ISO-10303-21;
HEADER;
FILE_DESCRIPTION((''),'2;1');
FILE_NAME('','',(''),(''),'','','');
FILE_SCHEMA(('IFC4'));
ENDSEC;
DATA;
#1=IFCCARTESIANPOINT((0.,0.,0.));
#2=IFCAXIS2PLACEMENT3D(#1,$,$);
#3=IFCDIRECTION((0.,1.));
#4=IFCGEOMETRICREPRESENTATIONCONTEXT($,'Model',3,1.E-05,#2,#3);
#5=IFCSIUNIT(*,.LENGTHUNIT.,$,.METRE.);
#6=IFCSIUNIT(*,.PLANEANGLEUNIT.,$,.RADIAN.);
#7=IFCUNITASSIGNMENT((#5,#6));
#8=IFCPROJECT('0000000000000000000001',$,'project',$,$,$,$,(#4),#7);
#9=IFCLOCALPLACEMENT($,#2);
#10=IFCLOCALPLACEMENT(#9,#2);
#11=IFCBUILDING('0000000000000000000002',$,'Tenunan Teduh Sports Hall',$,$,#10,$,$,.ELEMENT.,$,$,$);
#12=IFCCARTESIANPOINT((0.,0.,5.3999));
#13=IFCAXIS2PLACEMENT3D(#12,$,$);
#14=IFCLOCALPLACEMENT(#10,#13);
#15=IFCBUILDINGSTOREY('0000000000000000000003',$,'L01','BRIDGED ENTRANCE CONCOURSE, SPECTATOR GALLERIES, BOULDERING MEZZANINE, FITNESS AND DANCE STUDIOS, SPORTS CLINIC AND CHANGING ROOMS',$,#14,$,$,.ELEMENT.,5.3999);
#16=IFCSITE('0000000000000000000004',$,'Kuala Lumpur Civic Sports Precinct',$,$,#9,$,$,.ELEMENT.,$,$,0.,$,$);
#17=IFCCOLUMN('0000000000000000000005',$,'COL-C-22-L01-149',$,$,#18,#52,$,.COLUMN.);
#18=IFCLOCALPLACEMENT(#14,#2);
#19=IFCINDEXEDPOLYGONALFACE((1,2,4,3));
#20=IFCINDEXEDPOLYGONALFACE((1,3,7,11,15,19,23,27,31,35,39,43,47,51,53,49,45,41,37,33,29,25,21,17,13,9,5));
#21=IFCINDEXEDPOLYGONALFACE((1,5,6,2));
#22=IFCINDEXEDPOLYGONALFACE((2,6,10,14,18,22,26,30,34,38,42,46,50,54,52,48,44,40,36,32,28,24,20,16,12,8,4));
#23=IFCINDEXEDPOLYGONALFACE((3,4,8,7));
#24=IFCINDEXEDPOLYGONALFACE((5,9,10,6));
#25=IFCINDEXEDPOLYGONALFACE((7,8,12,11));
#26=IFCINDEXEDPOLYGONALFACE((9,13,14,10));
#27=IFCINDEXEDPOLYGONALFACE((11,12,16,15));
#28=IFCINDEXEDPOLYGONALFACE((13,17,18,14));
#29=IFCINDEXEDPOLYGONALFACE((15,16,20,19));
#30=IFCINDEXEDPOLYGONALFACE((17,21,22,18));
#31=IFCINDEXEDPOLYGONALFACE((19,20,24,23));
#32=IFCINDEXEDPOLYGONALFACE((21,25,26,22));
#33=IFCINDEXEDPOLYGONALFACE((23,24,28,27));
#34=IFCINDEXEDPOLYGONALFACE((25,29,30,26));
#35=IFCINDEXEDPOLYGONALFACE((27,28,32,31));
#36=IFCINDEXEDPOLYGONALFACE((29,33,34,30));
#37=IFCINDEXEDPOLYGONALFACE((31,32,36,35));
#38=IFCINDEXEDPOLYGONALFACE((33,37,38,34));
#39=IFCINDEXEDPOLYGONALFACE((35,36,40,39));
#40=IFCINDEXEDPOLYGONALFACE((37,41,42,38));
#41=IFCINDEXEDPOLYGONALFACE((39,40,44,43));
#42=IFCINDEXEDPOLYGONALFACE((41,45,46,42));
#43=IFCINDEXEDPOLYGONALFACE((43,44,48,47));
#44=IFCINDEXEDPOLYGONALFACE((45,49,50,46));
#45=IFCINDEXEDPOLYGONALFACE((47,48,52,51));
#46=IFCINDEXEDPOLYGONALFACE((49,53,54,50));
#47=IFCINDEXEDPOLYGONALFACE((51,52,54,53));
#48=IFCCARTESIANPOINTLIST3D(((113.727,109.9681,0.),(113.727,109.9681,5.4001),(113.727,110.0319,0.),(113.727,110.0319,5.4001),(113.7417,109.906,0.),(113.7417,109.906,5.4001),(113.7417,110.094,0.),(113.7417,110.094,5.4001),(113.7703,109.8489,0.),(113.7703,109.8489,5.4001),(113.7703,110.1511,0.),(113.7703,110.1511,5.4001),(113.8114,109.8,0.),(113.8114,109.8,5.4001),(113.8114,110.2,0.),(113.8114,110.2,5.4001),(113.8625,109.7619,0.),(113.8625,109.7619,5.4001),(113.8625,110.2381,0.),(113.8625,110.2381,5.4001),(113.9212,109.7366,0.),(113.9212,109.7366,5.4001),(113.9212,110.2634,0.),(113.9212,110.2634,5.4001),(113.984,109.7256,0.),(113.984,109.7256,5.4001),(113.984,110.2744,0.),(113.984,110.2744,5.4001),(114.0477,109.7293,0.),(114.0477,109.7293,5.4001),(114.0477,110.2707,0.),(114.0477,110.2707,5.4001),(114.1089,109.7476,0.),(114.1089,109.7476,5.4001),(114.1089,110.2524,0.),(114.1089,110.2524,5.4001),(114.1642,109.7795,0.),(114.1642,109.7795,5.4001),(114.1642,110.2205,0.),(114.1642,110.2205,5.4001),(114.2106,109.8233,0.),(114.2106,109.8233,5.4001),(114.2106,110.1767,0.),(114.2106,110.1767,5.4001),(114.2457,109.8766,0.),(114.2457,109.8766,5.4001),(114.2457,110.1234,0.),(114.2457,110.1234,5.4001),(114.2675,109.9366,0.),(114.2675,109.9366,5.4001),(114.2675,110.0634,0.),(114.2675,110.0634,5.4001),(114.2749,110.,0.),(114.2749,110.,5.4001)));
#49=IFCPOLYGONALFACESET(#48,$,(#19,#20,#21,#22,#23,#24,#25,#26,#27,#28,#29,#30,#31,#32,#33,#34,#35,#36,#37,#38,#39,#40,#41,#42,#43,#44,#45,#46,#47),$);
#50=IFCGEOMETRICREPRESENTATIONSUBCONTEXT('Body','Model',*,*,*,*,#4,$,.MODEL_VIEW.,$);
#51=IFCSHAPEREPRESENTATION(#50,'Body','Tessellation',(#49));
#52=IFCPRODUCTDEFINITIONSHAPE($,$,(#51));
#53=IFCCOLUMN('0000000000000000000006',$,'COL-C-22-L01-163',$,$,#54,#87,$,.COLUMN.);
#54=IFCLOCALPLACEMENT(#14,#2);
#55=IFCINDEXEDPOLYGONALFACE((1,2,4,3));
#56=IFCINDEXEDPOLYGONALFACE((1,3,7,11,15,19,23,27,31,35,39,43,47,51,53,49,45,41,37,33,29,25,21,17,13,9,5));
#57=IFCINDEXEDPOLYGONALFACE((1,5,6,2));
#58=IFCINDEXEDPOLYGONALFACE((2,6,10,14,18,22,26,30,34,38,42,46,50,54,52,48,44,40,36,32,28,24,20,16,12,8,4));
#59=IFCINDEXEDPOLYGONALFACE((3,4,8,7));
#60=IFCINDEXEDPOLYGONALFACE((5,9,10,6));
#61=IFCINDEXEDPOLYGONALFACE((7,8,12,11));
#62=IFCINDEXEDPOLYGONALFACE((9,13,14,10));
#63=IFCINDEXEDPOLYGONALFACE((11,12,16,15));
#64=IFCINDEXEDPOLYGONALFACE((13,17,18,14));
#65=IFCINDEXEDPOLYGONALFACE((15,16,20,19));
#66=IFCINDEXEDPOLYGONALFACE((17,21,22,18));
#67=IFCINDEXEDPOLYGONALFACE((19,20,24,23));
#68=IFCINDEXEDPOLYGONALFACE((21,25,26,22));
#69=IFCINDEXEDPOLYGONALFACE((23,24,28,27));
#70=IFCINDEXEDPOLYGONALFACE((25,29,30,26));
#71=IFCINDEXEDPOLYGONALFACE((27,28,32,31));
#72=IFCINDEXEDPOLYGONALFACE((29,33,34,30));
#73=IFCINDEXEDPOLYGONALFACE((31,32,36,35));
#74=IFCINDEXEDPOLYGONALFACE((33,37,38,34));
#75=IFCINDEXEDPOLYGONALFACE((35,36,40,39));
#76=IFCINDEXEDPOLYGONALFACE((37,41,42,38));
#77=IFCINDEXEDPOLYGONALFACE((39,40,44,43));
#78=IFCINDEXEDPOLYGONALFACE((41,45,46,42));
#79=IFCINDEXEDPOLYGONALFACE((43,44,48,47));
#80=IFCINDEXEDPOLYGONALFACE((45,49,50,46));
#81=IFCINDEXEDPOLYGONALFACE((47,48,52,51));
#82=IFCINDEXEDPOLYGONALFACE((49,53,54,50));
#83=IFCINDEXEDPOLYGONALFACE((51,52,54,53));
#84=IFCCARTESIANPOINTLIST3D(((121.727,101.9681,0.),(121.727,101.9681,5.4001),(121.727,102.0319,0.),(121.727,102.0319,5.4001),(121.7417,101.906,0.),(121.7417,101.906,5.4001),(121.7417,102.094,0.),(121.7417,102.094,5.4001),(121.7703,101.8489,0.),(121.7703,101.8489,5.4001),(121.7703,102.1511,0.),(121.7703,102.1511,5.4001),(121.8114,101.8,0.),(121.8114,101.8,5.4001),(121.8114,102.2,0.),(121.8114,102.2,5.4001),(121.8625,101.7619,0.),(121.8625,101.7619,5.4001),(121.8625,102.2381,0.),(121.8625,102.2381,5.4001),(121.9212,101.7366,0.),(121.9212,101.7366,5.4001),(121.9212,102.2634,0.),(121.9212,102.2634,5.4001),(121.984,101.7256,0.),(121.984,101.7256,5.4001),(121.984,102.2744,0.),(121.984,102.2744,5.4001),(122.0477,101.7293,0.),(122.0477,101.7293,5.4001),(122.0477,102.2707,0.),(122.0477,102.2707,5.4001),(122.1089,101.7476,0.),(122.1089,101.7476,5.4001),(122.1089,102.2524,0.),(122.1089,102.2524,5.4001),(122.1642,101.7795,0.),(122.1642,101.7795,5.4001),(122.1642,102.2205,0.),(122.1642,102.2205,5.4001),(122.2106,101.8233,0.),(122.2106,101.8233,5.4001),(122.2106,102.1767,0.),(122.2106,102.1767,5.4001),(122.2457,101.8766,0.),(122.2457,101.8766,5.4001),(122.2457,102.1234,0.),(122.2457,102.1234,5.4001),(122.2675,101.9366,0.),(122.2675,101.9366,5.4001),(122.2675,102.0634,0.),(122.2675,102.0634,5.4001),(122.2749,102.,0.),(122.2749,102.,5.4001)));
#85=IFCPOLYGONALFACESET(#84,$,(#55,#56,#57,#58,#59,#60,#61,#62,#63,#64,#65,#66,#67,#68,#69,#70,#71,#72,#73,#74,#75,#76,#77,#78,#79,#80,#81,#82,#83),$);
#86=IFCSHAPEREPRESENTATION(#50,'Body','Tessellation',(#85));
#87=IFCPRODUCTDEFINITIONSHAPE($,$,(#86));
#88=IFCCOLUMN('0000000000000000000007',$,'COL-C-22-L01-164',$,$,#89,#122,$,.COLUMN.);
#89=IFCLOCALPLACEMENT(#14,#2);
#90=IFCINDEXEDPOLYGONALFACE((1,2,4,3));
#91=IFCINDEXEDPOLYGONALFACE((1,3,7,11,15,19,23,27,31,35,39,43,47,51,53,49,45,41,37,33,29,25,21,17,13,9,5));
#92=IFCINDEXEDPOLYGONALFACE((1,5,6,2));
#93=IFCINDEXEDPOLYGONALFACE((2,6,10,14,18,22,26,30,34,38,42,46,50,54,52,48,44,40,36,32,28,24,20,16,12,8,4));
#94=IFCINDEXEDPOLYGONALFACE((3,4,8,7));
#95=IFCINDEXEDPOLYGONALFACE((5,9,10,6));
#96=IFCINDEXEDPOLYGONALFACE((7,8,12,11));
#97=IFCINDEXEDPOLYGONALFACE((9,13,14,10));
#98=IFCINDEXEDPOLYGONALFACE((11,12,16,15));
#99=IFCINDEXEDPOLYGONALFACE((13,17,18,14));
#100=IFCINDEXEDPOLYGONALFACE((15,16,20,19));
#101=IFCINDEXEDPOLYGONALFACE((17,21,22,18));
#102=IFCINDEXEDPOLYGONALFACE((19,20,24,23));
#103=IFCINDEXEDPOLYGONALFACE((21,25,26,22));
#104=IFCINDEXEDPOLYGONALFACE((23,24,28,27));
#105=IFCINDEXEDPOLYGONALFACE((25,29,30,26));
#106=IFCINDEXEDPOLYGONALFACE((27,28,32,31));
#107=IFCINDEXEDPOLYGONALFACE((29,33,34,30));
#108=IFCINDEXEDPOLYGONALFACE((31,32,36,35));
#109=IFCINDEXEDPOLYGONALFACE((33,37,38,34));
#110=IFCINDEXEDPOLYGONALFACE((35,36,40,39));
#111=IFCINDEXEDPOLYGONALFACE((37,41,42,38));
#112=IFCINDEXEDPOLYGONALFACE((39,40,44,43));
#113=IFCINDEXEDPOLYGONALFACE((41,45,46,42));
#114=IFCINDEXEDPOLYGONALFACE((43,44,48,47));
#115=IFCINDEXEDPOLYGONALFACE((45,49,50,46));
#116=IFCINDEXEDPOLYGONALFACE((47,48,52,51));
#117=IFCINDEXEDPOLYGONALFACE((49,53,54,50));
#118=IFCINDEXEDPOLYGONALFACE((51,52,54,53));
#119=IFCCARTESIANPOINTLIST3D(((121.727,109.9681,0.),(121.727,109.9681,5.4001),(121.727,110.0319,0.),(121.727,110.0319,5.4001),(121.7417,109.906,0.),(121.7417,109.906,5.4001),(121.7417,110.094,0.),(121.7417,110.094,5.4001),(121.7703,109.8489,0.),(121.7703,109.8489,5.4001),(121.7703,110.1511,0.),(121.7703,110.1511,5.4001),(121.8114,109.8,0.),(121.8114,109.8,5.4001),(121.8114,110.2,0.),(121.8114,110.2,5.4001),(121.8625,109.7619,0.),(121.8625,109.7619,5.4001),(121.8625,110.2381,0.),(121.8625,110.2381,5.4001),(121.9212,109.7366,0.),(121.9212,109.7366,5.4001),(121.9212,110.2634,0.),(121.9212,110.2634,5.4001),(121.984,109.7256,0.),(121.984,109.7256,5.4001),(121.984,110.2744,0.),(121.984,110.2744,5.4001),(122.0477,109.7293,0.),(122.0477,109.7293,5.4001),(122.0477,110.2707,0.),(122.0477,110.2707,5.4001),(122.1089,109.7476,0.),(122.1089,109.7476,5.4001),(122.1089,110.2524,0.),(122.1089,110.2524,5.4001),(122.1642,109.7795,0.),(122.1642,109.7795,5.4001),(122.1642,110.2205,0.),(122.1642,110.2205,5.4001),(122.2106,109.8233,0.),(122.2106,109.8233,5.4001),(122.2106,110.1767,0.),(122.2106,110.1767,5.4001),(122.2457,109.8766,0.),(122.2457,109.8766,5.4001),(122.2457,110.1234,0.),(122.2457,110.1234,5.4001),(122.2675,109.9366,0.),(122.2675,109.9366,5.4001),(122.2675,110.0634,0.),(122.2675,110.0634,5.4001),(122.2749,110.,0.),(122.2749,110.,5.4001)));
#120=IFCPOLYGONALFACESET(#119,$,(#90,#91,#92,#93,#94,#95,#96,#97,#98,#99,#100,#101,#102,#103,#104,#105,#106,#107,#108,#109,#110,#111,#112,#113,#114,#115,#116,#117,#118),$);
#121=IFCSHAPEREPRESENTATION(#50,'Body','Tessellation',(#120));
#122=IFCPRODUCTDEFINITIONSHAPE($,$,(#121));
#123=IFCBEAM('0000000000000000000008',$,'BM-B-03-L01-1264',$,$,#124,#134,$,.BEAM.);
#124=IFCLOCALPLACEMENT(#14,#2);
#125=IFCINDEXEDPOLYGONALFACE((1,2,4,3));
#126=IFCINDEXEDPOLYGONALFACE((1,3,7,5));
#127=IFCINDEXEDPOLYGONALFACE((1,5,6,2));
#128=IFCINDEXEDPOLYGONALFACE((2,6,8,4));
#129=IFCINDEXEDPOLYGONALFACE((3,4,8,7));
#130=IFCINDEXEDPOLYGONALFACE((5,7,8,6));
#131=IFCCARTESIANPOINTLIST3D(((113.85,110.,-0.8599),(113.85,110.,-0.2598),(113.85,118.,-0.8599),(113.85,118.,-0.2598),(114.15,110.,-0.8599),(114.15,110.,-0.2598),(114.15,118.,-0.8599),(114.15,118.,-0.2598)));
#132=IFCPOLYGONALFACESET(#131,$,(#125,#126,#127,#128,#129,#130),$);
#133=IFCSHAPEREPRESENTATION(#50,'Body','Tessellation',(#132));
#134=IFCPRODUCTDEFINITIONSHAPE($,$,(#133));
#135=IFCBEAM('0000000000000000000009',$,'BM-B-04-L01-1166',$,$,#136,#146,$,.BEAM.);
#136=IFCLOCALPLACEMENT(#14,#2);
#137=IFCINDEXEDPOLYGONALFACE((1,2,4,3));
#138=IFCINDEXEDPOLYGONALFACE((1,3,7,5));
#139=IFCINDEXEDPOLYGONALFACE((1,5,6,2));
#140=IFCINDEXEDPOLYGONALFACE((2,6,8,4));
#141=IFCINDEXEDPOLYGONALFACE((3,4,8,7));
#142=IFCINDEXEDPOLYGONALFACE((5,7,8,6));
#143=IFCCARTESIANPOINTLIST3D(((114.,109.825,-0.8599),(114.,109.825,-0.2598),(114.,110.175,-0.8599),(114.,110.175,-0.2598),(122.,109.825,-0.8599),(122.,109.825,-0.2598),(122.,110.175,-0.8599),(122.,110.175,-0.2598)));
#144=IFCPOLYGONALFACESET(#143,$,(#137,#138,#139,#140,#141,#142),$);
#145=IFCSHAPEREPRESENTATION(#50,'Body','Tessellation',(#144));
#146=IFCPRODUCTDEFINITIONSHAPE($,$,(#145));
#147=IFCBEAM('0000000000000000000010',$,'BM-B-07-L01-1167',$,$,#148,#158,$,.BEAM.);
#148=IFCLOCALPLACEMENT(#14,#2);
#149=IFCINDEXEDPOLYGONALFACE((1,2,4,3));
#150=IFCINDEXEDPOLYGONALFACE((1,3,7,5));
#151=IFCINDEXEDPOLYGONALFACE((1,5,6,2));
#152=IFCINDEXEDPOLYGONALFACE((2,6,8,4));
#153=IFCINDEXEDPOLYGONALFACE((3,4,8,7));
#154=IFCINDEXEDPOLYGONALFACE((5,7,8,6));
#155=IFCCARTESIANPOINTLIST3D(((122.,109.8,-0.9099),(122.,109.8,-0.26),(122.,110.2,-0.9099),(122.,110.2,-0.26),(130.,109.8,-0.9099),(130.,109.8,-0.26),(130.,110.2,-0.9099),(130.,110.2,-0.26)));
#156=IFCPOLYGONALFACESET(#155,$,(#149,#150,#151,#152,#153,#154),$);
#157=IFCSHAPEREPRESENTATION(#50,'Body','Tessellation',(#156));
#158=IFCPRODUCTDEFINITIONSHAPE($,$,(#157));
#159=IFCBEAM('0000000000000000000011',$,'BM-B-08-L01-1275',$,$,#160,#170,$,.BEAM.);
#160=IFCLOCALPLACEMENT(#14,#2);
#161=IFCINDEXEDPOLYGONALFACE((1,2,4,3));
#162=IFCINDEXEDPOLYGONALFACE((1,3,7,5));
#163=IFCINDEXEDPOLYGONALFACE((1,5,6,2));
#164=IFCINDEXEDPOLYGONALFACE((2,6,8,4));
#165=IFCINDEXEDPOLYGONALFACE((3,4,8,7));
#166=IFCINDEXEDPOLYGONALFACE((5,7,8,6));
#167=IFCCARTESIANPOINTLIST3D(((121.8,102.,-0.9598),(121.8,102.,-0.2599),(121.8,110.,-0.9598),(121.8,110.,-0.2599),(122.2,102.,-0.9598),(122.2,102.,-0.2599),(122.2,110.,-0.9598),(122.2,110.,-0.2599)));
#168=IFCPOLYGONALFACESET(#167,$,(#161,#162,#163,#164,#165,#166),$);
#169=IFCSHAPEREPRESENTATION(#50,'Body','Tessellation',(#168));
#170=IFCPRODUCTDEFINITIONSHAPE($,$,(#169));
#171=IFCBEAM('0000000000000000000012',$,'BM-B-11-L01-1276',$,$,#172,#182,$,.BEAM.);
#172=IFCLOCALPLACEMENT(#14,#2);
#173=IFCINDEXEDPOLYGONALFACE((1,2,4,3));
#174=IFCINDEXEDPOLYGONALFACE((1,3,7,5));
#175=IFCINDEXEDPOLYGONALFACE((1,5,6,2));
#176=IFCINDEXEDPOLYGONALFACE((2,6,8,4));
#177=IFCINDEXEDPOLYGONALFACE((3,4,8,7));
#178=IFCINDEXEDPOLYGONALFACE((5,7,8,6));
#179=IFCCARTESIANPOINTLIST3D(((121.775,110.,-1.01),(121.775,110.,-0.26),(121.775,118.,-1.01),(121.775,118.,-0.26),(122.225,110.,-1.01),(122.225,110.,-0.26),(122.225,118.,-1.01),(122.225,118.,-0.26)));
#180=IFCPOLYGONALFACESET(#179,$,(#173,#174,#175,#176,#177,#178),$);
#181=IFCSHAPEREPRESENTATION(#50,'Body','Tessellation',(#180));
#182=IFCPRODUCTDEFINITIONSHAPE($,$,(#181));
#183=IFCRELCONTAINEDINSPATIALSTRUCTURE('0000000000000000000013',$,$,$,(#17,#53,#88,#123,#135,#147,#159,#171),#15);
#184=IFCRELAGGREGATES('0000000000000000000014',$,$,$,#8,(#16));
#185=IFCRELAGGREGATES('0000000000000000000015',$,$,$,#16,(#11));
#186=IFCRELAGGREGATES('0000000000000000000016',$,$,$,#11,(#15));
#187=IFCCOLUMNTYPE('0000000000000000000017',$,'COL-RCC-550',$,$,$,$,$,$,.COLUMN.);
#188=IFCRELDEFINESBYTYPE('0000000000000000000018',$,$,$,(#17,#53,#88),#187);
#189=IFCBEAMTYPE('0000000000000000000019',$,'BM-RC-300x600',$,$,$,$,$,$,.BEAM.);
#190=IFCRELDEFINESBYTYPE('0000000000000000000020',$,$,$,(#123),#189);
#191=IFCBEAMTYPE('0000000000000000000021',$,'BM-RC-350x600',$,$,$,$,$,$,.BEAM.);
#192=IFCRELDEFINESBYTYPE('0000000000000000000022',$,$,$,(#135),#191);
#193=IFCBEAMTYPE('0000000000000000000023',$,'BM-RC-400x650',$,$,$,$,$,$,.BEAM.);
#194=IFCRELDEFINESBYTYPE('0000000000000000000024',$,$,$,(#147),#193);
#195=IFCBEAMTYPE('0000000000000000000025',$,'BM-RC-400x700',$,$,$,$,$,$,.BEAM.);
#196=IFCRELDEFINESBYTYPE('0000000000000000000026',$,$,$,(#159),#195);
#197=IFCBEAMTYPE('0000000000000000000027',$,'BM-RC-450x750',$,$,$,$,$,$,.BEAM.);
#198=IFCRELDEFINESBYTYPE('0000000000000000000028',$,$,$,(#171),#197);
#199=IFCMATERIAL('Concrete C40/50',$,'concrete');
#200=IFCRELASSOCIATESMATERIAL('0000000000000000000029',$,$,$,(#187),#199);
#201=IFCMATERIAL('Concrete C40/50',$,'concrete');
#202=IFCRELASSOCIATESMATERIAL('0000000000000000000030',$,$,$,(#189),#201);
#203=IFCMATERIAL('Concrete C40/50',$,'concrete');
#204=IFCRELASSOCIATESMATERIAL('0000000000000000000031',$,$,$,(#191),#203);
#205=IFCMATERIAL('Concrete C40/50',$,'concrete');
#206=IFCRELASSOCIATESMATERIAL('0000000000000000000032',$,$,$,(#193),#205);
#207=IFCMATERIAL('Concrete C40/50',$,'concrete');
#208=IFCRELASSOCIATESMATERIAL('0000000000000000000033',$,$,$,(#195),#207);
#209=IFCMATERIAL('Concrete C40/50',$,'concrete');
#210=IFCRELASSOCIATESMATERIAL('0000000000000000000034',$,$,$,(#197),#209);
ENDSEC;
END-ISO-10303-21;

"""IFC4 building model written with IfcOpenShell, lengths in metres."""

from ifc_helpers import new_model, si_unit, direction, frame, origin, origin_2d, place, context, subcontext, project, spatial, rectangle, circle, extrude, material, material_profile, profile_set, type_object, element, save


model = new_model("IFC4")

# Units and contexts
model_context = context("Model", 3, precision=1e-05, world=origin(), true_north=direction((0.0, 1.0)))
body_context = subcontext(model_context, "Body", "Model", "MODEL_VIEW")
ifc_project = project(units=[si_unit("LENGTHUNIT", "METRE"), si_unit("PLANEANGLEUNIT", "RADIAN")], contexts=[model_context])

# Site, building, storey
site_placement = place(None, origin())
site = spatial("IfcSite", under=ifc_project, at=site_placement, Name="Kuala Lumpur Civic Sports Precinct", CompositionType="ELEMENT", RefElevation=0.0)
building_placement = place(site_placement, origin())
building = spatial("IfcBuilding", under=site, at=building_placement, Name="Tenunan Teduh Sports Hall", CompositionType="ELEMENT")
storey_placement = place(building_placement, frame((0.0, 0.0, 5.3999)))
storey = spatial("IfcBuildingStorey", under=building, at=storey_placement, Name="L01", Description="BRIDGED ENTRANCE CONCOURSE, SPECTATOR GALLERIES, BOULDERING MEZZANINE, FITNESS AND DANCE STUDIOS, SPORTS CLINIC AND CHANGING ROOMS", CompositionType="ELEMENT", Elevation=5.3999)

# Columns
ifc_material_1 = material(Name="Concrete C40/50", Category="concrete")
ifc_material_profile_1 = material_profile(ifc_material_1, circle(Radius=0.2749, at=origin_2d()), Name="RCC D550")
ifc_profile_set_1 = profile_set([ifc_material_profile_1], Name="Concrete C40/50")
column_type = type_object("IfcColumnType", Name="COL-RCC-550", PredefinedType="COLUMN", material=ifc_profile_set_1)
for number, where, z_axis, x_axis, name in (
    (1, (114.0, 110.0, 0.0), (0.0, 0.0, 1.0), (1.0, 0.0, 0.0), "COL-C-22-L01-149"),
    (2, (122.0, 102.0, 0.0), (0.0, 0.0, 1.0), (1.0, 0.0, 0.0), "COL-C-22-L01-163"),
    (3, (122.0, 110.0, 0.0), (0.0, 0.0, 1.0), (1.0, 0.0, 0.0), "COL-C-22-L01-164"),
):
    element("IfcColumn", number, at=place(storey_placement, frame(where, z_axis=z_axis, x_axis=x_axis)), inside=storey, type_object=column_type, Name=name, PredefinedType="COLUMN", context=body_context, shape_type="SweptSolid", body=[
        extrude(circle(Radius=0.2749, at=origin_2d()), origin(), (0.0, 0.0, 1.0), 5.4001),
    ])

# Beams
ifc_material_2 = material(Name="Concrete C40/50", Category="concrete")
ifc_material_profile_2 = material_profile(ifc_material_2, rectangle(XDim=0.3, YDim=0.6001, at=origin_2d()), Name="RCB 300x600")
ifc_profile_set_2 = profile_set([ifc_material_profile_2], Name="Concrete C40/50")
beam_type_1 = type_object("IfcBeamType", Name="BM-RC-300x600", PredefinedType="BEAM", material=ifc_profile_set_2)
beam_1_placement = place(storey_placement, frame((114.0, 110.0, -0.5598), z_axis=(0.0, 1.0, 0.0), x_axis=(-1.0, 0.0, 0.0)))
element("IfcBeam", 4, at=beam_1_placement, inside=storey, type_object=beam_type_1, Name="BM-B-03-L01-1264", PredefinedType="BEAM", context=body_context, shape_type="SweptSolid", body=[
    extrude(rectangle(XDim=0.3, YDim=0.6001, at=origin_2d()), origin(), (0.0, 0.0, 1.0), 8.0),
])
ifc_material_3 = material(Name="Concrete C40/50", Category="concrete")
ifc_material_profile_3 = material_profile(ifc_material_3, rectangle(XDim=0.3501, YDim=0.6001, at=origin_2d()), Name="RCB 350x600")
ifc_profile_set_3 = profile_set([ifc_material_profile_3], Name="Concrete C40/50")
beam_type_2 = type_object("IfcBeamType", Name="BM-RC-350x600", PredefinedType="BEAM", material=ifc_profile_set_3)
beam_2_placement = place(storey_placement, frame((114.0, 110.0, -0.5598), z_axis=(1.0, 0.0, 0.0), x_axis=(0.0, 1.0, 0.0)))
element("IfcBeam", 5, at=beam_2_placement, inside=storey, type_object=beam_type_2, Name="BM-B-04-L01-1166", PredefinedType="BEAM", context=body_context, shape_type="SweptSolid", body=[
    extrude(rectangle(XDim=0.3501, YDim=0.6001, at=origin_2d()), origin(), (0.0, 0.0, 1.0), 8.0),
])
ifc_material_4 = material(Name="Concrete C40/50", Category="concrete")
ifc_material_profile_4 = material_profile(ifc_material_4, rectangle(XDim=0.3999, YDim=0.6499, at=origin_2d()), Name="RCB 400x650")
ifc_profile_set_4 = profile_set([ifc_material_profile_4], Name="Concrete C40/50")
beam_type_3 = type_object("IfcBeamType", Name="BM-RC-400x650", PredefinedType="BEAM", material=ifc_profile_set_4)
beam_3_placement = place(storey_placement, frame((122.0, 110.0, -0.585), z_axis=(1.0, 0.0, 0.0), x_axis=(0.0, 1.0, 0.0)))
element("IfcBeam", 6, at=beam_3_placement, inside=storey, type_object=beam_type_3, Name="BM-B-07-L01-1167", PredefinedType="BEAM", context=body_context, shape_type="SweptSolid", body=[
    extrude(rectangle(XDim=0.3999, YDim=0.6499, at=origin_2d()), origin(), (0.0, 0.0, 1.0), 8.0),
])
ifc_material_5 = material(Name="Concrete C40/50", Category="concrete")
ifc_material_profile_5 = material_profile(ifc_material_5, rectangle(XDim=0.3999, YDim=0.7, at=origin_2d()), Name="RCB 400x700")
ifc_profile_set_5 = profile_set([ifc_material_profile_5], Name="Concrete C40/50")
beam_type_4 = type_object("IfcBeamType", Name="BM-RC-400x700", PredefinedType="BEAM", material=ifc_profile_set_5)
beam_4_placement = place(storey_placement, frame((122.0, 102.0, -0.6099), z_axis=(0.0, 1.0, 0.0), x_axis=(-1.0, 0.0, 0.0)))
element("IfcBeam", 7, at=beam_4_placement, inside=storey, type_object=beam_type_4, Name="BM-B-08-L01-1275", PredefinedType="BEAM", context=body_context, shape_type="SweptSolid", body=[
    extrude(rectangle(XDim=0.3999, YDim=0.7, at=origin_2d()), origin(), (0.0, 0.0, 1.0), 8.0),
])
ifc_material_6 = material(Name="Concrete C40/50", Category="concrete")
ifc_material_profile_6 = material_profile(ifc_material_6, rectangle(XDim=0.45, YDim=0.75, at=origin_2d()), Name="RCB 450x750")
ifc_profile_set_6 = profile_set([ifc_material_profile_6], Name="Concrete C40/50")
beam_type_5 = type_object("IfcBeamType", Name="BM-RC-450x750", PredefinedType="BEAM", material=ifc_profile_set_6)
beam_5_placement = place(storey_placement, frame((122.0, 110.0, -0.635), z_axis=(0.0, 1.0, 0.0), x_axis=(-1.0, 0.0, 0.0)))
element("IfcBeam", 8, at=beam_5_placement, inside=storey, type_object=beam_type_5, Name="BM-B-11-L01-1276", PredefinedType="BEAM", context=body_context, shape_type="SweptSolid", body=[
    extrude(rectangle(XDim=0.45, YDim=0.75, at=origin_2d()), origin(), (0.0, 0.0, 1.0), 8.0),
])

save(model, "model.ifc")
